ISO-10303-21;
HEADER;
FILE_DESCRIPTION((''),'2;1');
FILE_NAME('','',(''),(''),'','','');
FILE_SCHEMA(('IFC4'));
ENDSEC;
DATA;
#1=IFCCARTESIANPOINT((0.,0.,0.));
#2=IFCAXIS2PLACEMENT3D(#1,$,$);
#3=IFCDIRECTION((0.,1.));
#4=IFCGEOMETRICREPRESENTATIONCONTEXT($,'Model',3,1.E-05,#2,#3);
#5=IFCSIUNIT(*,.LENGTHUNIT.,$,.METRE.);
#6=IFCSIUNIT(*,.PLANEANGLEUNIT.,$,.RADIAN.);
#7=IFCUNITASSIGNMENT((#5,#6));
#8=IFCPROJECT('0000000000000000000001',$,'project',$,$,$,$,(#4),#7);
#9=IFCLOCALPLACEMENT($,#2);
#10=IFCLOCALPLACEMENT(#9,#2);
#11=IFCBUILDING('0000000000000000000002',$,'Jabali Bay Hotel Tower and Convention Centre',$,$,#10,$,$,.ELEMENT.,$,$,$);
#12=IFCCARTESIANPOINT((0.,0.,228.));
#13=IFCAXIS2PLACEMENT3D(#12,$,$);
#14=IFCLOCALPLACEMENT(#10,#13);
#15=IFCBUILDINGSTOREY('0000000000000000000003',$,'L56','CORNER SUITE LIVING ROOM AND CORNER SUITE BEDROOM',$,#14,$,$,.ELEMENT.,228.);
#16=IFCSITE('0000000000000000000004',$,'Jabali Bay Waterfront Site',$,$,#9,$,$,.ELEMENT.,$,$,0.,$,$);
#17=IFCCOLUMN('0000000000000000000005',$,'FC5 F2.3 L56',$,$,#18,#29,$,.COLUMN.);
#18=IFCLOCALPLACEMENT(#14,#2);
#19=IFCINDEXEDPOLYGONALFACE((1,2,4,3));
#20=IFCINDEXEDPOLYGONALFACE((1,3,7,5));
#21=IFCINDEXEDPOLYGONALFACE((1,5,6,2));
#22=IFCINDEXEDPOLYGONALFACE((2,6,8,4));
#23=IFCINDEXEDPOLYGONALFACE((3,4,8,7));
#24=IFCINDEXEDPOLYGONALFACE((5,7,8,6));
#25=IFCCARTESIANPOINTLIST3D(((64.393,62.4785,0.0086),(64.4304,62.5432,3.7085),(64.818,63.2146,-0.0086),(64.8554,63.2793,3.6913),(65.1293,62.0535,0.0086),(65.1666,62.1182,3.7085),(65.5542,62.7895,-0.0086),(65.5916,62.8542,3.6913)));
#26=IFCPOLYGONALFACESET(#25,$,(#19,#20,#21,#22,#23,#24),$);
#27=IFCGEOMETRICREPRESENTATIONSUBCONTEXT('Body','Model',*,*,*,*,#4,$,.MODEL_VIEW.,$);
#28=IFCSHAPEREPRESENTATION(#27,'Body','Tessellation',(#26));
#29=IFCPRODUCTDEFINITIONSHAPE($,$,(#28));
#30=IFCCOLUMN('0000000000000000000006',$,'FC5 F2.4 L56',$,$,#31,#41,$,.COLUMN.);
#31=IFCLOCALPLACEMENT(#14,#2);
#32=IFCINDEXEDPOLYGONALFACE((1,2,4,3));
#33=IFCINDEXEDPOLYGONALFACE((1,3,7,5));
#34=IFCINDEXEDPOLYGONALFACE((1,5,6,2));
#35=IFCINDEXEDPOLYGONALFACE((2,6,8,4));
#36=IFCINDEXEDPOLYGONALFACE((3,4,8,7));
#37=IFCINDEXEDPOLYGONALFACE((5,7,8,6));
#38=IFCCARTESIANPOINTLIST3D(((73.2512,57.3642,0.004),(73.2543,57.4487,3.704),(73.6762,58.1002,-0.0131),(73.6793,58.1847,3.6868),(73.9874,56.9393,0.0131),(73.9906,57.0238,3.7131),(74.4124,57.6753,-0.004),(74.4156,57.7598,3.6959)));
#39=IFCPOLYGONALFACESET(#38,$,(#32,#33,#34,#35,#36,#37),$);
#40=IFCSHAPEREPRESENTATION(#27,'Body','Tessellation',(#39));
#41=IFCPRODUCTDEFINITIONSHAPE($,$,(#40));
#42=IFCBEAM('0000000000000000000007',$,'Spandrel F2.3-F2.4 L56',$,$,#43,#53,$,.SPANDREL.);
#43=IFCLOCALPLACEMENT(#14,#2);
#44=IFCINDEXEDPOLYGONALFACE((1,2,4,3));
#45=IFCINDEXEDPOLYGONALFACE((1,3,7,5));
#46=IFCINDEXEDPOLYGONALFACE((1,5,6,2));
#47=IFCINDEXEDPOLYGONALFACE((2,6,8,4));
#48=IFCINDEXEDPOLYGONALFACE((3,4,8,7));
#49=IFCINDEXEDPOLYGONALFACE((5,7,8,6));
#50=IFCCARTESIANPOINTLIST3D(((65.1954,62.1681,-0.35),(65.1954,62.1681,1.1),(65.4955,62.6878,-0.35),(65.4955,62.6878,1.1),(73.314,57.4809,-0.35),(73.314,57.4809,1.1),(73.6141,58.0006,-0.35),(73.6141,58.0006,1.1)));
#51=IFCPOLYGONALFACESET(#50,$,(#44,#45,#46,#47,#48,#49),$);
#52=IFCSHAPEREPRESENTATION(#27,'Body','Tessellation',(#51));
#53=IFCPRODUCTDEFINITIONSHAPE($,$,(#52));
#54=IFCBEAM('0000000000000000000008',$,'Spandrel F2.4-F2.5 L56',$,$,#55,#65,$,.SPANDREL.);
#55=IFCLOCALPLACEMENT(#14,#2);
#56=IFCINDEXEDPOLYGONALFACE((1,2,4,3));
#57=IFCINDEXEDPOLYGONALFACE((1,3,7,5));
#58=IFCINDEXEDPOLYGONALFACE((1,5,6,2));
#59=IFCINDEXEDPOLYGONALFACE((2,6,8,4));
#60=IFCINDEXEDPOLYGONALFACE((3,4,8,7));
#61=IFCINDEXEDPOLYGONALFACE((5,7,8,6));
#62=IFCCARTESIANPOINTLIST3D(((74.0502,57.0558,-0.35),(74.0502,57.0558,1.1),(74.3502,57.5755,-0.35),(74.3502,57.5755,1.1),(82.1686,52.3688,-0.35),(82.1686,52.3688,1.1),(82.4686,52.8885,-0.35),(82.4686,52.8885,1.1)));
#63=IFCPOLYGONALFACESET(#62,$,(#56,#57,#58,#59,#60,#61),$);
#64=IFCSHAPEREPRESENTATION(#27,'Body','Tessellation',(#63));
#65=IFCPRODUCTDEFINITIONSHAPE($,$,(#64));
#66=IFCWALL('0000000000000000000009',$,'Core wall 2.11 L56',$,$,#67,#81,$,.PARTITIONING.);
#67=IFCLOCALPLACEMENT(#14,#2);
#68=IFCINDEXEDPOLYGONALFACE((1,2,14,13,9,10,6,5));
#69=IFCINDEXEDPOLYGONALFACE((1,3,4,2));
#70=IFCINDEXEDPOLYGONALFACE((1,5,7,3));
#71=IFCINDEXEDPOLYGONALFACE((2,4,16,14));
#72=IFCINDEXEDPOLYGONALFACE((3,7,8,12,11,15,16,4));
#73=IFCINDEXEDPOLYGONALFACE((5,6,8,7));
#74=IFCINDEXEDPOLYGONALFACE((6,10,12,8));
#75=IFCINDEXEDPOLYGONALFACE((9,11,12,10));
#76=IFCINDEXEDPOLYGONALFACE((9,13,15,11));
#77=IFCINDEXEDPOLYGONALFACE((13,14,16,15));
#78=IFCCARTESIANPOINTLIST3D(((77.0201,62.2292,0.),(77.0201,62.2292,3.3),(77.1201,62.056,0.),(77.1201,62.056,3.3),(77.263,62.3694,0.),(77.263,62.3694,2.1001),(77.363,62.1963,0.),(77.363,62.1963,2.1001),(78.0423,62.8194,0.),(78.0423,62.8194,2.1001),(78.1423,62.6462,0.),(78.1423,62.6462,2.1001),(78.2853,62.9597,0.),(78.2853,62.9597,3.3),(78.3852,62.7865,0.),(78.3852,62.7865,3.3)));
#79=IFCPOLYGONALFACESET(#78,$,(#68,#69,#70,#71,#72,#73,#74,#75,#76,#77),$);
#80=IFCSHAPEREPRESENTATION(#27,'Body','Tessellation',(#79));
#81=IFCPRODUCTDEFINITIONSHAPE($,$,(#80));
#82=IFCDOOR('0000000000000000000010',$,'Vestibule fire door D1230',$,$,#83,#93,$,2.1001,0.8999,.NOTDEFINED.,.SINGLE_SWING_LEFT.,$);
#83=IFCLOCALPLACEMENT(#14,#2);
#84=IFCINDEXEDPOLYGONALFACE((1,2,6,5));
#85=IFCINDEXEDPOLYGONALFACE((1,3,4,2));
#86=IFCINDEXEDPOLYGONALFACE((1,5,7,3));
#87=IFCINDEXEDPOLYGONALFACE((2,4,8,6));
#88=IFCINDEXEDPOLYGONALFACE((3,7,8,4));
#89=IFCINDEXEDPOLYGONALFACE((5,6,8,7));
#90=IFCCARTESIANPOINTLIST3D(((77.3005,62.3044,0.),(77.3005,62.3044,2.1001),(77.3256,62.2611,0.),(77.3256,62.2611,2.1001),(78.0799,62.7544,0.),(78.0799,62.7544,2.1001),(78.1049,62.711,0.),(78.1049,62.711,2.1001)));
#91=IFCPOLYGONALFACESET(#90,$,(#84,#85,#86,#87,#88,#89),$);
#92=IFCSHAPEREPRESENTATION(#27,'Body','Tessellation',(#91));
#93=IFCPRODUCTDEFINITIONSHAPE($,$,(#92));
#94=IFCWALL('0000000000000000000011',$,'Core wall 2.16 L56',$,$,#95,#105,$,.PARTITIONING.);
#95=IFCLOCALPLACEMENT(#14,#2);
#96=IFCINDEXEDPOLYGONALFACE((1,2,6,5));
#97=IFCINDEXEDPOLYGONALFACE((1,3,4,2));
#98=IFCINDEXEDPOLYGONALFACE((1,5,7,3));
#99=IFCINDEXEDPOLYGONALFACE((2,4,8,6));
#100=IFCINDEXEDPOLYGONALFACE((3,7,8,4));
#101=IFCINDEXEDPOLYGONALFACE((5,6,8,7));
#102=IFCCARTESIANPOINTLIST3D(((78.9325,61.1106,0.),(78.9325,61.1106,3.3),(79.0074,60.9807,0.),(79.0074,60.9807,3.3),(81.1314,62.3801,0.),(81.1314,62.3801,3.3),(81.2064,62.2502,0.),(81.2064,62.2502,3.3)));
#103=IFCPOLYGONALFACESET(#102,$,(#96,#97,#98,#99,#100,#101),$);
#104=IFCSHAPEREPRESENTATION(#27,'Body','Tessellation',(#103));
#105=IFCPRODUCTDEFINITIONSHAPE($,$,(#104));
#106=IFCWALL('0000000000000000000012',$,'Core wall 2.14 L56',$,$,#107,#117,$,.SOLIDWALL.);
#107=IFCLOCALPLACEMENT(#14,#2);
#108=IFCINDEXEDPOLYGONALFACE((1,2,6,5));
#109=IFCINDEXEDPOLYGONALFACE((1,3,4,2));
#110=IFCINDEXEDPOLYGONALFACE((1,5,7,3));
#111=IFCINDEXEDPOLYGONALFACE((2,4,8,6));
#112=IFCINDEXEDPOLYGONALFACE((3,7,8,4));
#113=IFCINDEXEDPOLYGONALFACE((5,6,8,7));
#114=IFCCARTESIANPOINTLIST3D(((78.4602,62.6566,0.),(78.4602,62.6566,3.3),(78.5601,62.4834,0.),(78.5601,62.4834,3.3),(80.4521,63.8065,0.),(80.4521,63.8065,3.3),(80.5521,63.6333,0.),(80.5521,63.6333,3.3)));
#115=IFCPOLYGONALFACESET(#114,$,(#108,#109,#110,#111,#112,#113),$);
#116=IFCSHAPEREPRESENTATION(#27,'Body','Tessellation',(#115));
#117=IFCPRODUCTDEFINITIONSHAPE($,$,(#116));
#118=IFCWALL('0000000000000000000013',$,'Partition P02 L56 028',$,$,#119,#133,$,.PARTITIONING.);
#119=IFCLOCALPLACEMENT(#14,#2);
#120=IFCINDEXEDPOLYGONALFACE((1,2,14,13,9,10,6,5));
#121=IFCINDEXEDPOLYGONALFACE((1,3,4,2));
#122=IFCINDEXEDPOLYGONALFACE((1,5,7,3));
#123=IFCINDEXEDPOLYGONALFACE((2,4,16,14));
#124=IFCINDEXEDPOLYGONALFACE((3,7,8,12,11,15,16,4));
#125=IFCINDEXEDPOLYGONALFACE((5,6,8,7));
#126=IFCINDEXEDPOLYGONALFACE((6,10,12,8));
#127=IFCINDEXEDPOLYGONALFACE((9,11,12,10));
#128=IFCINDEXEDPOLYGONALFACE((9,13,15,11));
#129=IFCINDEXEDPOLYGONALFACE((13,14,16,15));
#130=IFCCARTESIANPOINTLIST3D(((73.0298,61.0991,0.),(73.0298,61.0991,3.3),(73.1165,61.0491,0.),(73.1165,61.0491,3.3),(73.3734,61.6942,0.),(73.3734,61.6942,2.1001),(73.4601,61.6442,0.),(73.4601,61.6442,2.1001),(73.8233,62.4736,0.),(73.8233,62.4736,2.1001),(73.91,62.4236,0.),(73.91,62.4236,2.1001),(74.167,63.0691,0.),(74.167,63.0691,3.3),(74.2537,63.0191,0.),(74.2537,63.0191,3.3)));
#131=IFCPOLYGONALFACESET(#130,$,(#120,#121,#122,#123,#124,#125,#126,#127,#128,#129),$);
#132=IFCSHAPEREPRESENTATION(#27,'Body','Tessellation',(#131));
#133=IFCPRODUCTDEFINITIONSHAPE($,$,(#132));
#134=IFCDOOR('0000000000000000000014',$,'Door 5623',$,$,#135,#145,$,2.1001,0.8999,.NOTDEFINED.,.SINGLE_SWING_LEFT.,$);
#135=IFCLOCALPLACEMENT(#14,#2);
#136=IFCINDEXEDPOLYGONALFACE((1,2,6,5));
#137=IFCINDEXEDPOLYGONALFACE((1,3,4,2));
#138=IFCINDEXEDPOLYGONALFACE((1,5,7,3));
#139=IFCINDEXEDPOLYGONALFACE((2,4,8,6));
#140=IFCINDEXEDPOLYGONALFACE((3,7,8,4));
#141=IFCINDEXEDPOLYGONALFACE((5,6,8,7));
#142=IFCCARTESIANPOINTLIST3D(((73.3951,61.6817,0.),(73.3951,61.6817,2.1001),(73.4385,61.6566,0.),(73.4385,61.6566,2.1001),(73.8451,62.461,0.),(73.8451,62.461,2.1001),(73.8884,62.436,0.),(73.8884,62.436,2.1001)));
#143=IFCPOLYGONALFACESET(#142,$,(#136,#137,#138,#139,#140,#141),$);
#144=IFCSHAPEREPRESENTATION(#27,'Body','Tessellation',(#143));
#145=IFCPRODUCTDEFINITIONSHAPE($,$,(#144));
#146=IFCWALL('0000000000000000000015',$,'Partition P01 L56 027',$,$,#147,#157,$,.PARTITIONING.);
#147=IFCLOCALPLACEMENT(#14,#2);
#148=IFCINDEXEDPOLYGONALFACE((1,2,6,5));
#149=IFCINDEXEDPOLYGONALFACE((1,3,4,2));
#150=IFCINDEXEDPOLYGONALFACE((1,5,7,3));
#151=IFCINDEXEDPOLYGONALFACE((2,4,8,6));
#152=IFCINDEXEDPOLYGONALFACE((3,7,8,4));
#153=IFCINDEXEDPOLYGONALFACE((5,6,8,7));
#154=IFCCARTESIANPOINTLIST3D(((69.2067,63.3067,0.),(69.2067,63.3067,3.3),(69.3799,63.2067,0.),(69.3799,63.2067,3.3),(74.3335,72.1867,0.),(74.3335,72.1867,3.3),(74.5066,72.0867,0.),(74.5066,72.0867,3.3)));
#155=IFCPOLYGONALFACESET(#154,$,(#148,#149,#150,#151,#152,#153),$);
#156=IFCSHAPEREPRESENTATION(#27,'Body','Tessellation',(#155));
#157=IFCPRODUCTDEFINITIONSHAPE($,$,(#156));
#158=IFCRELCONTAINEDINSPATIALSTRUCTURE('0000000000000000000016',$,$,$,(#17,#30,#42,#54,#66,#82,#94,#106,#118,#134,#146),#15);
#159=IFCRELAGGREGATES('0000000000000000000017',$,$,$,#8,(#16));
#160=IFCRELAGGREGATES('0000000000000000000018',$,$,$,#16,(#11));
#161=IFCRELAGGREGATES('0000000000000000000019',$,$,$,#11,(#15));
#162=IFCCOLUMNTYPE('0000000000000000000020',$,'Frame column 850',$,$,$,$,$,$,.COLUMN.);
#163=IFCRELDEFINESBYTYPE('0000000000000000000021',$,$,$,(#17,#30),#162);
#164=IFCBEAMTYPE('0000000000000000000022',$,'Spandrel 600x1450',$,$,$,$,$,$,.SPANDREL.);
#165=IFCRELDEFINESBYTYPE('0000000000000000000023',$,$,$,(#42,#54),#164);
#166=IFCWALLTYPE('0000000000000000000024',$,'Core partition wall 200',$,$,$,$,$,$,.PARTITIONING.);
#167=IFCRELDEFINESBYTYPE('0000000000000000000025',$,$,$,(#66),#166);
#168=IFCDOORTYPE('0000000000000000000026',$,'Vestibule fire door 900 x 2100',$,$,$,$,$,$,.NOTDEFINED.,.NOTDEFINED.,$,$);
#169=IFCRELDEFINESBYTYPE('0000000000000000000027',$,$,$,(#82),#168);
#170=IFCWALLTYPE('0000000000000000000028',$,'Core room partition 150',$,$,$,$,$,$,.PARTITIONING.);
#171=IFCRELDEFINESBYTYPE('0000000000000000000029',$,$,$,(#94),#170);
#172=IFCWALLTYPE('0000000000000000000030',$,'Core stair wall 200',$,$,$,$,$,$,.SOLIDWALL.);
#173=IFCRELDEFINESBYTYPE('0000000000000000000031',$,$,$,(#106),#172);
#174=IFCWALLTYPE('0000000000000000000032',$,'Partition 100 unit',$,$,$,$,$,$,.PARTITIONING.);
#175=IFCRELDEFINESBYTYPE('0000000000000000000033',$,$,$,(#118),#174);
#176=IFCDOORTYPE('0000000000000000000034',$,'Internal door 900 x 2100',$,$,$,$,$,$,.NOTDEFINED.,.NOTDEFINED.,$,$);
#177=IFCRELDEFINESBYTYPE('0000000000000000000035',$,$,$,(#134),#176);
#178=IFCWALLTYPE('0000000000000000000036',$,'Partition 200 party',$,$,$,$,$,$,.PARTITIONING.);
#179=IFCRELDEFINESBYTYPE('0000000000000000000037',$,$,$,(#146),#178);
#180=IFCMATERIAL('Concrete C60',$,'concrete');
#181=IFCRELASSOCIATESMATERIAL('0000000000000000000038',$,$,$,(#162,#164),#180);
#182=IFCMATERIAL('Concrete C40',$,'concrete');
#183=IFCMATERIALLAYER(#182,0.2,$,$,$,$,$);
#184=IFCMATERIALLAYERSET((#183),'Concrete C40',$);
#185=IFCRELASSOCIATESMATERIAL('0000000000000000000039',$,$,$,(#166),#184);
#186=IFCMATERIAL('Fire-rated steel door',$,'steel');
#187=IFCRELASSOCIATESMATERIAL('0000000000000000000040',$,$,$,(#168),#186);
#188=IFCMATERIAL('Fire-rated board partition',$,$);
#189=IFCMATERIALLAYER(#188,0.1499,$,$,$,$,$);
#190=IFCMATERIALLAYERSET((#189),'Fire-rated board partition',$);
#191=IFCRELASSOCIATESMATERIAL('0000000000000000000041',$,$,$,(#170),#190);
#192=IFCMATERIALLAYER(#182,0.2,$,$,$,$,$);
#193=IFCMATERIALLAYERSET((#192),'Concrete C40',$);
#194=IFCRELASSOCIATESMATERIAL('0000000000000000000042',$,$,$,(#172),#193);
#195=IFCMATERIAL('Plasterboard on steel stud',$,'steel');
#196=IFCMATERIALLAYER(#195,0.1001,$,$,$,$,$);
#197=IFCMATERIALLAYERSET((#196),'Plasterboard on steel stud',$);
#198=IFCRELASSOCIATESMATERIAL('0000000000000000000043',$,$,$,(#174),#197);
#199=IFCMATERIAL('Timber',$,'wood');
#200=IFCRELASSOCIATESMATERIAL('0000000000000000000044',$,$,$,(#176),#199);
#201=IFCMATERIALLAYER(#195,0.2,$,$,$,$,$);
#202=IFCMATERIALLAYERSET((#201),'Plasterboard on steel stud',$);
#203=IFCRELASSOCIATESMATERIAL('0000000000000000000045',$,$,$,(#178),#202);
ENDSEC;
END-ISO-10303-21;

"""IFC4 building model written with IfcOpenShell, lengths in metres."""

from ifc_helpers import new_model, si_unit, direction, frame, frame_2d, origin, origin_2d, place, context, subcontext, project, spatial, rectangle, extrude, material, layer, layer_set, material_profile, profile_set, type_object, element, fill, save


model = new_model("IFC4")

# Units and contexts
model_context = context("Model", 3, precision=1e-05, world=origin(), true_north=direction((0.0, 1.0)))
body_context = subcontext(model_context, "Body", "Model", "MODEL_VIEW")
ifc_project = project(units=[si_unit("LENGTHUNIT", "METRE"), si_unit("PLANEANGLEUNIT", "RADIAN")], contexts=[model_context])

# Site, building, storey
site_placement = place(None, origin())
site = spatial("IfcSite", under=ifc_project, at=site_placement, Name="Jabali Bay Waterfront Site", CompositionType="ELEMENT", RefElevation=0.0)
building_placement = place(site_placement, origin())
building = spatial("IfcBuilding", under=site, at=building_placement, Name="Jabali Bay Hotel Tower and Convention Centre", CompositionType="ELEMENT")
storey_placement = place(building_placement, frame((0.0, 0.0, 228.0)))
storey = spatial("IfcBuildingStorey", under=building, at=storey_placement, Name="L56", Description="CORNER SUITE LIVING ROOM AND CORNER SUITE BEDROOM", CompositionType="ELEMENT", Elevation=228.0)

# Columns
ifc_material_1 = material(Name="Concrete C60", Category="concrete")
ifc_material_profile_1 = material_profile(ifc_material_1, rectangle(XDim=0.8501, YDim=0.8501, at=origin_2d()), Name="Frame column 850")
ifc_profile_set_1 = profile_set([ifc_material_profile_1], Name="Concrete C60")
column_type = type_object("IfcColumnType", Name="Frame column 850", PredefinedType="COLUMN", material=ifc_profile_set_1)
column_1_placement = place(storey_placement, frame((64.9736, 62.634, 0.0), z_axis=(0.010094, 0.017482, 0.999796), x_axis=(-0.866029, 0.499993, 0.0)))
element("IfcColumn", 1, at=column_1_placement, inside=storey, type_object=column_type, Name="FC5 F2.3 L56", PredefinedType="COLUMN", context=body_context, shape_type="SweptSolid", body=[
    extrude(rectangle(XDim=0.8501, YDim=0.8501, at=origin_2d()), origin(), (0.0, 0.0, 1.0), 3.7007),
])
column_2_placement = place(storey_placement, frame((73.8318, 57.5198, 0.0), z_axis=(0.000858, 0.022825, 0.999739), x_axis=(-0.499949, -0.865819, 0.020196)))
element("IfcColumn", 2, at=column_2_placement, inside=storey, type_object=column_type, Name="FC5 F2.4 L56", PredefinedType="COLUMN", context=body_context, shape_type="SweptSolid", body=[
    extrude(rectangle(XDim=0.8501, YDim=0.8501, at=origin_2d()), origin(), (0.0, 0.0, 1.0), 3.7009),
])

# Beams
ifc_material_profile_2 = material_profile(ifc_material_1, rectangle(XDim=0.6001, YDim=1.45, at=origin_2d()), Name="Spandrel 600x1450")
ifc_profile_set_2 = profile_set([ifc_material_profile_2], Name="Concrete C60")
beam_type = type_object("IfcBeamType", Name="Spandrel 600x1450", PredefinedType="SPANDREL", material=ifc_profile_set_2)
beam_1_placement = place(storey_placement, frame((65.3455, 62.428, 0.375), z_axis=(0.866028, -0.499996, 0.0), x_axis=(0.499996, 0.866028, 0.0)))
element("IfcBeam", 3, at=beam_1_placement, inside=storey, type_object=beam_type, Name="Spandrel F2.3-F2.4 L56", PredefinedType="SPANDREL", context=body_context, shape_type="SweptSolid", body=[
    extrude(rectangle(XDim=0.6001, YDim=1.45, at=origin_2d()), origin(), (0.0, 0.0, 1.0), 9.3745),
])
beam_2_placement = place(storey_placement, frame((74.2002, 57.3157, 0.375), z_axis=(0.866032, -0.499988, 0.0), x_axis=(0.499988, 0.866032, 0.0)))
element("IfcBeam", 4, at=beam_2_placement, inside=storey, type_object=beam_type, Name="Spandrel F2.4-F2.5 L56", PredefinedType="SPANDREL", context=body_context, shape_type="SweptSolid", body=[
    extrude(rectangle(XDim=0.6001, YDim=1.45, at=origin_2d()), origin(), (0.0, 0.0, 1.0), 9.3743),
])

# Wall, opening, door
ifc_material_2 = material(Name="Concrete C40", Category="concrete")
ifc_layer_1 = layer(ifc_material_2, 0.2)
ifc_layer_set_1 = layer_set([ifc_layer_1], Name="Concrete C40")
wall_type_1 = type_object("IfcWallType", Name="Core partition wall 200", PredefinedType="PARTITIONING", material=ifc_layer_set_1)
wall_1_placement = place(storey_placement, frame((77.0701, 62.1426, 0.0), z_axis=(0.0, 0.0, 1.0), x_axis=(0.866013, 0.500021, 0.0)))
wall_1 = element("IfcWall", 5, at=wall_1_placement, inside=storey, type_object=wall_type_1, Name="Core wall 2.11 L56", PredefinedType="PARTITIONING", context=body_context, shape_type="SweptSolid", body=[
    extrude(rectangle(XDim=1.4609, YDim=0.2, at=frame_2d((0.7305, 0.0))), origin(), (0.0, 0.0, 1.0), 3.3),
])
opening_1_placement = place(wall_1_placement, frame((0.2805, 0.0, 0.0)))
opening_1 = element("IfcOpeningElement", 6, at=opening_1_placement, cuts=wall_1, PredefinedType="OPENING", context=body_context, shape_type="SweptSolid", body=[
    extrude(rectangle(XDim=0.8999, YDim=2.1001, at=frame_2d((0.45, 1.05))), frame((0.0, 0.1104, 0.0), z_axis=(0.0, -1.0, 0.0), x_axis=(1.0, 0.0, 0.0)), (0.0, 0.0, 1.0), 0.2209),
])
ifc_material_3 = material(Name="Fire-rated steel door", Category="steel")
door_type_1 = type_object("IfcDoorType", Name="Vestibule fire door 900 x 2100", OperationType="NOTDEFINED", PredefinedType="NOTDEFINED", material=ifc_material_3)
door_1_placement = place(opening_1_placement, origin())
door_1 = element("IfcDoor", 7, at=door_1_placement, inside=storey, type_object=door_type_1, Name="Vestibule fire door D1230", OperationType="SINGLE_SWING_LEFT", OverallHeight=2.1001, OverallWidth=0.8999, PredefinedType="NOTDEFINED", context=body_context, shape_type="SweptSolid", body=[
    extrude(rectangle(XDim=0.8999, YDim=2.1001, at=frame_2d((0.45, 1.05))), frame((0.0, 0.0249, 0.0), z_axis=(0.0, -1.0, 0.0), x_axis=(1.0, 0.0, 0.0)), (0.0, 0.0, 1.0), 0.05),
])
fill(opening_1, door_1)

# Walls
ifc_material_4 = material(Name="Fire-rated board partition")
ifc_layer_2 = layer(ifc_material_4, 0.1499)
ifc_layer_set_2 = layer_set([ifc_layer_2], Name="Fire-rated board partition")
wall_type_2 = type_object("IfcWallType", Name="Core room partition 150", PredefinedType="PARTITIONING", material=ifc_layer_set_2)
wall_2_placement = place(storey_placement, frame((78.97, 61.0457, 0.0), z_axis=(0.0, 0.0, 1.0), x_axis=(0.866033, 0.499986, 0.0)))
element("IfcWall", 8, at=wall_2_placement, inside=storey, type_object=wall_type_2, Name="Core wall 2.16 L56", PredefinedType="PARTITIONING", context=body_context, shape_type="SweptSolid", body=[
    extrude(rectangle(XDim=2.5391, YDim=0.1499, at=frame_2d((1.2695, 0.0))), origin(), (0.0, 0.0, 1.0), 3.3),
])
ifc_layer_3 = layer(ifc_material_2, 0.2)
ifc_layer_set_3 = layer_set([ifc_layer_3], Name="Concrete C40")
wall_type_3 = type_object("IfcWallType", Name="Core stair wall 200", PredefinedType="SOLIDWALL", material=ifc_layer_set_3)
wall_3_placement = place(storey_placement, frame((78.5103, 62.5701, 0.0), z_axis=(0.0, 0.0, 1.0), x_axis=(0.866053, 0.499952, 0.0)))
element("IfcWall", 9, at=wall_3_placement, inside=storey, type_object=wall_type_3, Name="Core wall 2.14 L56", PredefinedType="SOLIDWALL", context=body_context, shape_type="SweptSolid", body=[
    extrude(rectangle(XDim=2.3, YDim=0.2, at=frame_2d((1.1499, 0.0))), origin(), (0.0, 0.0, 1.0), 3.3),
])

# Wall, opening, door
ifc_material_5 = material(Name="Plasterboard on steel stud", Category="steel")
ifc_layer_4 = layer(ifc_material_5, 0.1001)
ifc_layer_set_4 = layer_set([ifc_layer_4], Name="Plasterboard on steel stud")
wall_type_4 = type_object("IfcWallType", Name="Partition 100 unit", PredefinedType="PARTITIONING", material=ifc_layer_set_4)
wall_4_placement = place(storey_placement, frame((73.0732, 61.0742, 0.0), z_axis=(0.0, 0.0, 1.0), x_axis=(0.499949, 0.866055, 0.0)))
wall_4 = element("IfcWall", 10, at=wall_4_placement, inside=storey, type_object=wall_type_4, Name="Partition P02 L56 028", PredefinedType="PARTITIONING", context=body_context, shape_type="SweptSolid", body=[
    extrude(rectangle(XDim=2.2747, YDim=0.1001, at=frame_2d((1.1372, 0.0))), origin(), (0.0, 0.0, 1.0), 3.3),
])
opening_2_placement = place(wall_4_placement, frame((0.687, 0.0, 0.0)))
opening_2 = element("IfcOpeningElement", 11, at=opening_2_placement, cuts=wall_4, PredefinedType="OPENING", context=body_context, shape_type="SweptSolid", body=[
    extrude(rectangle(XDim=0.8999, YDim=2.1001, at=frame_2d((0.45, 1.05))), frame((0.0, 0.0605, 0.0), z_axis=(0.0, -1.0, 0.0), x_axis=(1.0, 0.0, 0.0)), (0.0, 0.0, 1.0), 0.1211),
])
ifc_material_6 = material(Name="Timber", Category="wood")
door_type_2 = type_object("IfcDoorType", Name="Internal door 900 x 2100", OperationType="NOTDEFINED", PredefinedType="NOTDEFINED", material=ifc_material_6)
door_2_placement = place(opening_2_placement, origin())
door_2 = element("IfcDoor", 12, at=door_2_placement, inside=storey, type_object=door_type_2, Name="Door 5623", OperationType="SINGLE_SWING_LEFT", OverallHeight=2.1001, OverallWidth=0.8999, PredefinedType="NOTDEFINED", context=body_context, shape_type="SweptSolid", body=[
    extrude(rectangle(XDim=0.8999, YDim=2.1001, at=frame_2d((0.45, 1.05))), frame((0.0, 0.0249, 0.0), z_axis=(0.0, -1.0, 0.0), x_axis=(1.0, 0.0, 0.0)), (0.0, 0.0, 1.0), 0.05),
])
fill(opening_2, door_2)

# Wall
ifc_layer_5 = layer(ifc_material_5, 0.2)
ifc_layer_set_5 = layer_set([ifc_layer_5], Name="Plasterboard on steel stud")
wall_type_5 = type_object("IfcWallType", Name="Partition 200 party", PredefinedType="PARTITIONING", material=ifc_layer_set_5)
wall_5_placement = place(storey_placement, frame((69.2932, 63.2566, 0.0), z_axis=(0.0, 0.0, 1.0), x_axis=(0.499993, 0.866029, 0.0)))
element("IfcWall", 13, at=wall_5_placement, inside=storey, type_object=wall_type_5, Name="Partition P01 L56 027", PredefinedType="PARTITIONING", context=body_context, shape_type="SweptSolid", body=[
    extrude(rectangle(XDim=10.2537, YDim=0.2, at=frame_2d((5.127, 0.0))), origin(), (0.0, 0.0, 1.0), 3.3),
])

save(model, "model.ifc")
